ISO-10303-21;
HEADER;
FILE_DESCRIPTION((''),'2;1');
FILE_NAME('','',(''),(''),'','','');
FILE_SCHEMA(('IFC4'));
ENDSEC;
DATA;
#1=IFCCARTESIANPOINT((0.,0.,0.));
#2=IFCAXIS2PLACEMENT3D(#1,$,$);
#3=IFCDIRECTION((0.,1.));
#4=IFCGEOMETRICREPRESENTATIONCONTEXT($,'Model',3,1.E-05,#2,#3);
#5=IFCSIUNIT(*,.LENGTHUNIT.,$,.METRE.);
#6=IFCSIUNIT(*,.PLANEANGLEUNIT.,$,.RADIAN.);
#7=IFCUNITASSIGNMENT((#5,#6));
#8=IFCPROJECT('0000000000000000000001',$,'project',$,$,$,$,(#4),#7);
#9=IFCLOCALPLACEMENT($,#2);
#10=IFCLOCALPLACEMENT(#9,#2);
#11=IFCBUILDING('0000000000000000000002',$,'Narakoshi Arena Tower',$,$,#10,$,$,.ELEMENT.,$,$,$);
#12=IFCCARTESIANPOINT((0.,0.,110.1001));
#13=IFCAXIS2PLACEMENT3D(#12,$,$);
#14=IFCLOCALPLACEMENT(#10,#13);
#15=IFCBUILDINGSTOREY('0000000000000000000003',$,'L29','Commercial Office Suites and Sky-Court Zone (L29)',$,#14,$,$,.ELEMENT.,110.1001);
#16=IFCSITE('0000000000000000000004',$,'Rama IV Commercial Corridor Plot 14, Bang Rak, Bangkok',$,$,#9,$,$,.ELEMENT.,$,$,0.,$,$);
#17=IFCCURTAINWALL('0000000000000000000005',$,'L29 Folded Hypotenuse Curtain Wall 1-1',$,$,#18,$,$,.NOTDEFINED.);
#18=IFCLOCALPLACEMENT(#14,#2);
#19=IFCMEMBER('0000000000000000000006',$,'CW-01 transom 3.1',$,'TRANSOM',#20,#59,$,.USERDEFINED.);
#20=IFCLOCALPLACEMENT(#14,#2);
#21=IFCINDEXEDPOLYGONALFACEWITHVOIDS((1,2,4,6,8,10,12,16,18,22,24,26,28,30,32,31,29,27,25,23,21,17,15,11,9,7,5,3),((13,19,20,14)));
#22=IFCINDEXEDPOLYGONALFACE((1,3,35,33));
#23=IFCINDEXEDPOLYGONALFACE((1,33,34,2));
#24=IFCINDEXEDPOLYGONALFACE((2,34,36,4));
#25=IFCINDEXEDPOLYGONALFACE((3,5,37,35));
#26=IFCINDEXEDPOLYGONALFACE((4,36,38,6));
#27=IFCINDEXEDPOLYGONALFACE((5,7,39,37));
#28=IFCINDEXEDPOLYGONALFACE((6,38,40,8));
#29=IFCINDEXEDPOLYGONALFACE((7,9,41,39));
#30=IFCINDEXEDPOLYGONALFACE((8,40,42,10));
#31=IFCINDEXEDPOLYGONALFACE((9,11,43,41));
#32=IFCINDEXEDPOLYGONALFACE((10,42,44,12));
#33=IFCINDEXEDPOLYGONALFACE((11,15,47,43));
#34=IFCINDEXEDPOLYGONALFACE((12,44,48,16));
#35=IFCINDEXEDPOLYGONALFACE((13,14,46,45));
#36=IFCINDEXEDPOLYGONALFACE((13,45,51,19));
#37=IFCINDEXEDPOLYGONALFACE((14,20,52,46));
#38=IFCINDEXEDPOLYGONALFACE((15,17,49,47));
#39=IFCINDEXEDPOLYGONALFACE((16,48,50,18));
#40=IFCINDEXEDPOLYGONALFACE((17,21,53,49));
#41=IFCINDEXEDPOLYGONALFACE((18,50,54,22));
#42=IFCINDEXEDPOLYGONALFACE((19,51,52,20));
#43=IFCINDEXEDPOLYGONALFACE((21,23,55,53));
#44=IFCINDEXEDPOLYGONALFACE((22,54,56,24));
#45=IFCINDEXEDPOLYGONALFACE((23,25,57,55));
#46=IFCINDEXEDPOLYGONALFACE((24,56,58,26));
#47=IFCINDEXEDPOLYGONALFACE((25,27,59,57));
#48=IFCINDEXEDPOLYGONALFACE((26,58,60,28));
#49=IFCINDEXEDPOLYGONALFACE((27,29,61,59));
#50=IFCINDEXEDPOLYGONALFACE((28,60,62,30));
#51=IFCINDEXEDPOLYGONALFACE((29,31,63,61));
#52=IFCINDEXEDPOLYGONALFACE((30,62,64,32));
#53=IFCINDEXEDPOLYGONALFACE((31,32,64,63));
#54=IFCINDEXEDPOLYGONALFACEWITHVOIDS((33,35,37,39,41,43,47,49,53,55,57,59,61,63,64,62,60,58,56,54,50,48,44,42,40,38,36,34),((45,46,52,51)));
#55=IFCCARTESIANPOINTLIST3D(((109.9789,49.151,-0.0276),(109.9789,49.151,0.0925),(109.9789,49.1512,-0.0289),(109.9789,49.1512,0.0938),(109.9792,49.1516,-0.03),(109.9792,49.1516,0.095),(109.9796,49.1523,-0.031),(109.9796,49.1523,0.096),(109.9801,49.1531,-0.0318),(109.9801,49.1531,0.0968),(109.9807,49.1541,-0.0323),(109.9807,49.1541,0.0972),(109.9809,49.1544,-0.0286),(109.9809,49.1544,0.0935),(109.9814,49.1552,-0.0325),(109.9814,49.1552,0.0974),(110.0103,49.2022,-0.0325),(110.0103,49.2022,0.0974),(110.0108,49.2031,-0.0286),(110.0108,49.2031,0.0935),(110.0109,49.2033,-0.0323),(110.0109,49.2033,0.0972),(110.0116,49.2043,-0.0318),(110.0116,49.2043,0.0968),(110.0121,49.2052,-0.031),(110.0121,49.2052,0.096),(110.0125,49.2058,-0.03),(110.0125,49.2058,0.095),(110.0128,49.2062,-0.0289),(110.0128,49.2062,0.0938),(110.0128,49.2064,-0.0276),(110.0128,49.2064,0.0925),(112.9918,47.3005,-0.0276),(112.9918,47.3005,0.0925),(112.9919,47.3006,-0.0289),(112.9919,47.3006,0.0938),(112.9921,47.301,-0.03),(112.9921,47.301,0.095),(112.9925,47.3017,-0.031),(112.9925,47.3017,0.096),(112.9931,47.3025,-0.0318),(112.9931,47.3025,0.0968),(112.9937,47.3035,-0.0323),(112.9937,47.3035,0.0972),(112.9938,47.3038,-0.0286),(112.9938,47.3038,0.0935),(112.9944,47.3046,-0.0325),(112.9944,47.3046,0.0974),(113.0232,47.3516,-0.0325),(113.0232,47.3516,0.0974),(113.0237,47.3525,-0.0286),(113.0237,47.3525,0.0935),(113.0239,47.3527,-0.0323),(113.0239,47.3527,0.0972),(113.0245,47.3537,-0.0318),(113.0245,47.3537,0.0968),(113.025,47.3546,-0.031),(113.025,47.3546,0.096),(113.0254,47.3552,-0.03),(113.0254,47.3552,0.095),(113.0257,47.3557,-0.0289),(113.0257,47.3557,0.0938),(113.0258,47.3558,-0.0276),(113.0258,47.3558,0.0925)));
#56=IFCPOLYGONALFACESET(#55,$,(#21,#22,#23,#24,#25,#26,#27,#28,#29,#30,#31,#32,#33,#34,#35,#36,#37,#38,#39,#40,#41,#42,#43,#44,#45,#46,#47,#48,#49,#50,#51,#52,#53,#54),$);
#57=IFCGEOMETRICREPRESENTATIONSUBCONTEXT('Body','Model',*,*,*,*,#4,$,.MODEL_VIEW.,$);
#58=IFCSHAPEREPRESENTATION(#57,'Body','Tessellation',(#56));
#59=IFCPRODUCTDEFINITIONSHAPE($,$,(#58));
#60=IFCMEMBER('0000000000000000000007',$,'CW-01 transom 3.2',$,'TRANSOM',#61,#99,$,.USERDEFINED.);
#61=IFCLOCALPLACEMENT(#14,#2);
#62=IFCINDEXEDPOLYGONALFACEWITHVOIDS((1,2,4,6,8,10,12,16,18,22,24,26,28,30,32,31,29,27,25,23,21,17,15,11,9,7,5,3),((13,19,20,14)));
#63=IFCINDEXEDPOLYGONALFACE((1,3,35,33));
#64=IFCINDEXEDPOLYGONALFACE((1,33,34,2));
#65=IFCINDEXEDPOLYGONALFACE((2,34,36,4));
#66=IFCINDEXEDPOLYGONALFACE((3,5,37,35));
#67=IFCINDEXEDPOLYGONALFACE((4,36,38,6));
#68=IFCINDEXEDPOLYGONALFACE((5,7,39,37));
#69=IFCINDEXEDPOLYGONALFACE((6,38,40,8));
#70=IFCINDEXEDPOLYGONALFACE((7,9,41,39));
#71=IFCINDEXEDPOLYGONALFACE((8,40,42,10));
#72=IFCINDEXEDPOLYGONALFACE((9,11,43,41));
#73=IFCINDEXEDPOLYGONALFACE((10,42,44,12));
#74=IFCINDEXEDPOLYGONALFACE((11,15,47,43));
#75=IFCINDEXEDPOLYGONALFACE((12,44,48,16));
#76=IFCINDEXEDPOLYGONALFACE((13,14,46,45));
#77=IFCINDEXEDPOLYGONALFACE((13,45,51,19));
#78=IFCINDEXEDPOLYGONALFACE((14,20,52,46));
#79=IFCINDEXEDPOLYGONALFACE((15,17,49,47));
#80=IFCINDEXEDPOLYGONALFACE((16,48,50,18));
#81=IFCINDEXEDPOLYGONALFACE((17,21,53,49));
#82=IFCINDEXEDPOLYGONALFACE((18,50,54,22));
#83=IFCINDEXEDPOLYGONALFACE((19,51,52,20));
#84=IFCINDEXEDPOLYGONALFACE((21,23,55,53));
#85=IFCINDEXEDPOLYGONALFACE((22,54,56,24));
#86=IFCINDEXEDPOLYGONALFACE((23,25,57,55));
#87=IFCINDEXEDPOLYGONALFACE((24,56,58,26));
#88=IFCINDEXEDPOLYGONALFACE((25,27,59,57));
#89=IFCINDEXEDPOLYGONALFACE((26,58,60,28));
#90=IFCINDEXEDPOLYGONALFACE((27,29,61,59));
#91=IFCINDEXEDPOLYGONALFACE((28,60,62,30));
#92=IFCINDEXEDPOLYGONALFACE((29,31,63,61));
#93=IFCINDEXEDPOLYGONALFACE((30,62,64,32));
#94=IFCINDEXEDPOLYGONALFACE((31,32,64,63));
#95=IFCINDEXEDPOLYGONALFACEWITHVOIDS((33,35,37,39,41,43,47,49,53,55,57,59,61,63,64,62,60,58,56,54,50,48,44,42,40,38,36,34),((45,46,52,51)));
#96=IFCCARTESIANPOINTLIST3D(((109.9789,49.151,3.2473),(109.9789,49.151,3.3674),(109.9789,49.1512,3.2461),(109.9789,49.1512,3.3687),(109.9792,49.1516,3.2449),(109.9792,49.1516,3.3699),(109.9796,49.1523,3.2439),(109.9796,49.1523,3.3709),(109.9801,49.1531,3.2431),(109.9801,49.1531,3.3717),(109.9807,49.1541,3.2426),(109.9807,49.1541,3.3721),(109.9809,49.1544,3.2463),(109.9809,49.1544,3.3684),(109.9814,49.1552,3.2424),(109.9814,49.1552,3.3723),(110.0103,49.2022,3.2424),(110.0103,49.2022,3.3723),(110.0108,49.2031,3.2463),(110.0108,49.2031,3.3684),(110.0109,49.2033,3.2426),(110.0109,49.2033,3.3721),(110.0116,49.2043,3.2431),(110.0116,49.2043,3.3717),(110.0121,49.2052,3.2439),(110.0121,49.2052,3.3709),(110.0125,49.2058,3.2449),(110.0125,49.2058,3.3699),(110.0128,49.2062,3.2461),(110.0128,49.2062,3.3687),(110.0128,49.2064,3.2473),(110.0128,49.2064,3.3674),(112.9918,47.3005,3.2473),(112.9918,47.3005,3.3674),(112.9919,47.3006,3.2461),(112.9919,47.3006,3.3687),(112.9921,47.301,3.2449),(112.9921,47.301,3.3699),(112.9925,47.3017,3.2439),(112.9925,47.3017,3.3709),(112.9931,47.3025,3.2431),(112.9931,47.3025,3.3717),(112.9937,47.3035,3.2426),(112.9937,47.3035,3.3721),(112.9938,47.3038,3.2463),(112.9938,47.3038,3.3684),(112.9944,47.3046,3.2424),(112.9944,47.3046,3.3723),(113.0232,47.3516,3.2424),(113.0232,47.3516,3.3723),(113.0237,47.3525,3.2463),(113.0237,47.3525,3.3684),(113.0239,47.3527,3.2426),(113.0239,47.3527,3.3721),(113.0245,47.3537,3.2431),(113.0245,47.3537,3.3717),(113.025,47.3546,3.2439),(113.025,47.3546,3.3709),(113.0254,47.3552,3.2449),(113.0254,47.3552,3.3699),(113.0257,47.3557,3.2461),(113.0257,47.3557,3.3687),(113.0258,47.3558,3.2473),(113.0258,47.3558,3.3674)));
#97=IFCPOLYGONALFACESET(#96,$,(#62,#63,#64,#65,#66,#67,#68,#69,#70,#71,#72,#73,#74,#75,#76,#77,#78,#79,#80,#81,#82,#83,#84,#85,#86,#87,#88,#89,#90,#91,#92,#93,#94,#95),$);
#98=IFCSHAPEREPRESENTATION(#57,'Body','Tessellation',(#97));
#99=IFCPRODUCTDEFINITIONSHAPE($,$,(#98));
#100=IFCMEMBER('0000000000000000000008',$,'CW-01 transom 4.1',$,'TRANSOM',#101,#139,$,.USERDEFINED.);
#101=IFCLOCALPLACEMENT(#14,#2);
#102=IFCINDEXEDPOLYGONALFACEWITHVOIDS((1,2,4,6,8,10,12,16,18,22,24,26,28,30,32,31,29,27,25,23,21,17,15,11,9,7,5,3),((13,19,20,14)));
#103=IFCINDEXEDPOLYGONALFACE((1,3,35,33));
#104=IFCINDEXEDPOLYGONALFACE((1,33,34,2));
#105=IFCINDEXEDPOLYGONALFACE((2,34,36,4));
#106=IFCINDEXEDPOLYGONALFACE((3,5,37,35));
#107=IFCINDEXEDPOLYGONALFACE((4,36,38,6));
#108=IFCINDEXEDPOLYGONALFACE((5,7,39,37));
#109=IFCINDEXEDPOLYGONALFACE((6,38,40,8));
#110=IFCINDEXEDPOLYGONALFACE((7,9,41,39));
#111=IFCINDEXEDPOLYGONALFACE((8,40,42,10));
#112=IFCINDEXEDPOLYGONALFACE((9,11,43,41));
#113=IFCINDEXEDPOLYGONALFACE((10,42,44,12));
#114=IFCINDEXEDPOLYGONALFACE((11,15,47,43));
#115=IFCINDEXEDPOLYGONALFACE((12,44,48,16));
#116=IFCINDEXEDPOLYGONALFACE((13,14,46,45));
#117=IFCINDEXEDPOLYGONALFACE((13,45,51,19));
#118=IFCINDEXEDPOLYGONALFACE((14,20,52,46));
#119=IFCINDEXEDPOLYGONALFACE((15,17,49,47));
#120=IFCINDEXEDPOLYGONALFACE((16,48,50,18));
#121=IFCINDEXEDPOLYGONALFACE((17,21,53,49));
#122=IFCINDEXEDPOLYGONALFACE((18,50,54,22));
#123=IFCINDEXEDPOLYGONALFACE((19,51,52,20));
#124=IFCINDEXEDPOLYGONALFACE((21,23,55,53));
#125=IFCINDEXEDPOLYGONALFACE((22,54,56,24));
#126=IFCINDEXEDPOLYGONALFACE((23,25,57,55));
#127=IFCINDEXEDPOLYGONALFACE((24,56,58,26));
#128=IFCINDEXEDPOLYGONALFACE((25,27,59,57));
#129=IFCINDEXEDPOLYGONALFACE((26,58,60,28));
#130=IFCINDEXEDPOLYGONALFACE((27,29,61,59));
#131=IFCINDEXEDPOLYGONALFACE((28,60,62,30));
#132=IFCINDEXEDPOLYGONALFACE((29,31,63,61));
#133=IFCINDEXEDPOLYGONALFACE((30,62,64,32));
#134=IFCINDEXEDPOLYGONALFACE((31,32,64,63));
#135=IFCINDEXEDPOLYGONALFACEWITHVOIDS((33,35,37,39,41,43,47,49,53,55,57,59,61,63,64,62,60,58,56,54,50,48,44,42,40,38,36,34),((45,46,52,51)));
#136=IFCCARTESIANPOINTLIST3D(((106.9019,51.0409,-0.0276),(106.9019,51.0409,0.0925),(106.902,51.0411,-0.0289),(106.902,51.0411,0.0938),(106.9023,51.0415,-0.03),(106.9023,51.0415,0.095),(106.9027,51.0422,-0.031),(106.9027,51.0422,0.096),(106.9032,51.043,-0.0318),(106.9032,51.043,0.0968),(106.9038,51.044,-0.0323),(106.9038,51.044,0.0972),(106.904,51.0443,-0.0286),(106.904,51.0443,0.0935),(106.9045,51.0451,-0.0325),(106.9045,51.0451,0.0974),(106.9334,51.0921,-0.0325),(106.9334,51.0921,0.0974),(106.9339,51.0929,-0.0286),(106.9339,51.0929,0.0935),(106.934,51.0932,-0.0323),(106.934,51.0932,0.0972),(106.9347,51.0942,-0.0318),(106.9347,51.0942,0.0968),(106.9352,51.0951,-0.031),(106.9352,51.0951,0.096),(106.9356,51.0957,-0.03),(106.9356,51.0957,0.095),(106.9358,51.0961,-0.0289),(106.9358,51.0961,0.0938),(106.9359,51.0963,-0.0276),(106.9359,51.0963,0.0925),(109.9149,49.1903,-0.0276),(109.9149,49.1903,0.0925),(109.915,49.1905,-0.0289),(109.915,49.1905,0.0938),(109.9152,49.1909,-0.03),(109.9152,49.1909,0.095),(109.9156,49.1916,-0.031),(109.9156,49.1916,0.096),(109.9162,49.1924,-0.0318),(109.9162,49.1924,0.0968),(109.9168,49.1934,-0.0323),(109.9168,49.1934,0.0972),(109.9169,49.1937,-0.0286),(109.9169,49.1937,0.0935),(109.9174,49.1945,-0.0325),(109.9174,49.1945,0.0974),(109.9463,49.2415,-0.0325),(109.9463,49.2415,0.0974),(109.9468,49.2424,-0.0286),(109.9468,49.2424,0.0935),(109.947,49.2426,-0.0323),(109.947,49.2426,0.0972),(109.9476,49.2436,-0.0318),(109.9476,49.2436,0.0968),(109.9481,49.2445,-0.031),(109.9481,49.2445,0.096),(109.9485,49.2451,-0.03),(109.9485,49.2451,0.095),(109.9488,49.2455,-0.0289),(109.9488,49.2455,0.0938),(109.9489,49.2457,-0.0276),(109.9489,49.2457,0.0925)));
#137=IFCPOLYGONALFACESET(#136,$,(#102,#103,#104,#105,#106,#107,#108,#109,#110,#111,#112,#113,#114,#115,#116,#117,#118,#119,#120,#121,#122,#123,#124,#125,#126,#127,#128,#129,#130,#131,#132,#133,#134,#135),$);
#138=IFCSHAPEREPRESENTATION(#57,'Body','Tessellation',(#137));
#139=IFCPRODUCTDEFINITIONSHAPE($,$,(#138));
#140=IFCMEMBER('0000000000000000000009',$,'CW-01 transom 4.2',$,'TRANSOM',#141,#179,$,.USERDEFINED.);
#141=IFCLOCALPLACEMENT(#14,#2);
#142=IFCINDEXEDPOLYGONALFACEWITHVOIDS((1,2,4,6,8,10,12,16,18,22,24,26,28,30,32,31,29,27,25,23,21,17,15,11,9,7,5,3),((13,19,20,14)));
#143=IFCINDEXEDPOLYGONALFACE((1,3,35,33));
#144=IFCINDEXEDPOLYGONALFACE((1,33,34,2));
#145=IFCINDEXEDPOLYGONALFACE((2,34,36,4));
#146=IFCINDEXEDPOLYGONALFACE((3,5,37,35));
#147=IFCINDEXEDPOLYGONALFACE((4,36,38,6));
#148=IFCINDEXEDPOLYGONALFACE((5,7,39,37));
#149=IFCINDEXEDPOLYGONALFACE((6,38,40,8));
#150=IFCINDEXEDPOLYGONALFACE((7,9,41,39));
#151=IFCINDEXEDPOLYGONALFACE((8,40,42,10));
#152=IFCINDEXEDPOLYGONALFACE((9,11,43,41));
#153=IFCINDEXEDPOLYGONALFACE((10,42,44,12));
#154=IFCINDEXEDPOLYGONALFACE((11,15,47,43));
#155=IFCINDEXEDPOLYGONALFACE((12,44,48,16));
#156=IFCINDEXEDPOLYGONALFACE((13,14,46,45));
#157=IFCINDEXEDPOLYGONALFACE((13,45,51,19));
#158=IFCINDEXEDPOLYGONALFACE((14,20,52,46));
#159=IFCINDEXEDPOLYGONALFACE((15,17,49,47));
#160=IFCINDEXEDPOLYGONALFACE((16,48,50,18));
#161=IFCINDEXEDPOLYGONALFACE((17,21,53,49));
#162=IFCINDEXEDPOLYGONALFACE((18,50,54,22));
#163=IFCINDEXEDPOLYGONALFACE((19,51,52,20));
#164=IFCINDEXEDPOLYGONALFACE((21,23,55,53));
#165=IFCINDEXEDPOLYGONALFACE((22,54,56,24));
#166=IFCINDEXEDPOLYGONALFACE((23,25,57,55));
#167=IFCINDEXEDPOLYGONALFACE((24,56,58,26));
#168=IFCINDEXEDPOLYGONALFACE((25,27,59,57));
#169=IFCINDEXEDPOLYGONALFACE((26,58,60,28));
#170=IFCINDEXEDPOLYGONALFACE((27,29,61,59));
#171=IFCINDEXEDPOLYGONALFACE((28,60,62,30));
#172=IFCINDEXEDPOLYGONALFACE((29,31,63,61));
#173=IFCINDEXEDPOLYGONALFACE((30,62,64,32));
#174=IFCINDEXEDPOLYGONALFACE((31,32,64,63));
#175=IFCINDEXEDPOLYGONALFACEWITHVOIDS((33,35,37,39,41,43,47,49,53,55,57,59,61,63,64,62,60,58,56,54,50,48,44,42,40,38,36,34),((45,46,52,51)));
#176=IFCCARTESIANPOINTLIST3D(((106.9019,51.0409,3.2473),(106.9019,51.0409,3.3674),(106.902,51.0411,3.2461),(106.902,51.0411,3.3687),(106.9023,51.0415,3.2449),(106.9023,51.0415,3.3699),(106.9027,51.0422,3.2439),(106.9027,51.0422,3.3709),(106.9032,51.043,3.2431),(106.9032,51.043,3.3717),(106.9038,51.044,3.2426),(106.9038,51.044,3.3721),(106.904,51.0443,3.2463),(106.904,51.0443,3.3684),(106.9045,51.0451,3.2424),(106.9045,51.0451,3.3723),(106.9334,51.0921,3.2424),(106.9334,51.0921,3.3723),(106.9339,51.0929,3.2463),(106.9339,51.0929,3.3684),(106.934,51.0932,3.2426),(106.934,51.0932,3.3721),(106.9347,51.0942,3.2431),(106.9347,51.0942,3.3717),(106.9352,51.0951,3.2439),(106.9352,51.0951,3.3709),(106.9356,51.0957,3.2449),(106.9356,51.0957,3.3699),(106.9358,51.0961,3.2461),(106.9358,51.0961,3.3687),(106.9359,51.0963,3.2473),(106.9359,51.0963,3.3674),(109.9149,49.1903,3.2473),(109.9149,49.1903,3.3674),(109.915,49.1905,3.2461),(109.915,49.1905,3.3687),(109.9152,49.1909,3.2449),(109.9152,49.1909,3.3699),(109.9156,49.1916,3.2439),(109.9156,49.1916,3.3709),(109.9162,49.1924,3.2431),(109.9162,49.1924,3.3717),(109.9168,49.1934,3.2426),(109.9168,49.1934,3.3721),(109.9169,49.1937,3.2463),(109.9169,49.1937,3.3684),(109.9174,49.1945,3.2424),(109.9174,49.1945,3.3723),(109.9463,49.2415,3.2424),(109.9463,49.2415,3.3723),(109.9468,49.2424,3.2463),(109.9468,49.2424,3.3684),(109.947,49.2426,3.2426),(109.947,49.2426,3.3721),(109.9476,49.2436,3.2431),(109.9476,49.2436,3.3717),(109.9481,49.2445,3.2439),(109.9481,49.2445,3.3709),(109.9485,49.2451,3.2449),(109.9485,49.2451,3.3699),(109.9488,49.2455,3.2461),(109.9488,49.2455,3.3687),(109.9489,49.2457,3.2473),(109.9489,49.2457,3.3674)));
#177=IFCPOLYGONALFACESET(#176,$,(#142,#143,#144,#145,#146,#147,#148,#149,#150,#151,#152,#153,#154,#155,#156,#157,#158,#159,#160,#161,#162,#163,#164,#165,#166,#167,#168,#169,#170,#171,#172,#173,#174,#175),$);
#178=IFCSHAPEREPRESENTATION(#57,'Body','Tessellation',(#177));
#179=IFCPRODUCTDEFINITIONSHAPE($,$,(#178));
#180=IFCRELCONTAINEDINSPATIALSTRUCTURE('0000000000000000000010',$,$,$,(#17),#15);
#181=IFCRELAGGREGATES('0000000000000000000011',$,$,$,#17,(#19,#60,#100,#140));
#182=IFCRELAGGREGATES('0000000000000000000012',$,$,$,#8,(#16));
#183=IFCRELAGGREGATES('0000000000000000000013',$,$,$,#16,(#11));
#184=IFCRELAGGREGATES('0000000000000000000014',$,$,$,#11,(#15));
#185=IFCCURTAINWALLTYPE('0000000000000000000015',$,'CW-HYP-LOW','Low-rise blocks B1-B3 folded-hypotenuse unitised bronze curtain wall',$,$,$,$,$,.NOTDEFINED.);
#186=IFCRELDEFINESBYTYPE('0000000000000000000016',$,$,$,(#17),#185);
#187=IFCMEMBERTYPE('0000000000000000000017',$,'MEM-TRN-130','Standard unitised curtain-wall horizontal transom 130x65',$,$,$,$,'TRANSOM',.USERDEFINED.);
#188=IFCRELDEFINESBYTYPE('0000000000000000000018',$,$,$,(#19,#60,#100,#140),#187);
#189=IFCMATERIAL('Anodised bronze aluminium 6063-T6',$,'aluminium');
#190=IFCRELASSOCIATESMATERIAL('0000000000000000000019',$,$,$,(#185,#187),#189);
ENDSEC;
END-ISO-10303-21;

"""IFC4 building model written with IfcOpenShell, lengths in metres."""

from ifc_helpers import new_model, si_unit, direction, frame, origin, origin_2d, place, context, subcontext, project, spatial, hollow_rectangle, extrude, material, material_profile, profile_set, type_object, element, aggregate, save


model = new_model("IFC4")

# Units and contexts
model_context = context("Model", 3, precision=1e-05, world=origin(), true_north=direction((0.0, 1.0)))
body_context = subcontext(model_context, "Body", "Model", "MODEL_VIEW")
ifc_project = project(units=[si_unit("LENGTHUNIT", "METRE"), si_unit("PLANEANGLEUNIT", "RADIAN")], contexts=[model_context])

# Site, building, storey
site_placement = place(None, origin())
site = spatial("IfcSite", under=ifc_project, at=site_placement, Name="Rama IV Commercial Corridor Plot 14, Bang Rak, Bangkok", CompositionType="ELEMENT", RefElevation=0.0)
building_placement = place(site_placement, origin())
building = spatial("IfcBuilding", under=site, at=building_placement, Name="Narakoshi Arena Tower", CompositionType="ELEMENT")
storey_placement = place(building_placement, frame((0.0, 0.0, 110.1001)))
storey = spatial("IfcBuildingStorey", under=building, at=storey_placement, Name="L29", Description="Commercial Office Suites and Sky-Court Zone (L29)", CompositionType="ELEMENT", Elevation=110.1001)

# Curtain wall, members
ifc_material_1 = material(Name="Anodised bronze aluminium 6063-T6", Category="aluminium")
curtain_wall_type = type_object("IfcCurtainWallType", Name="CW-HYP-LOW", Description="Low-rise blocks B1-B3 folded-hypotenuse unitised bronze curtain wall", PredefinedType="NOTDEFINED", material=ifc_material_1)
curtain_wall_placement = place(storey_placement, origin())
curtain_wall = element("IfcCurtainWall", 1, at=curtain_wall_placement, inside=storey, type_object=curtain_wall_type, Name="L29 Folded Hypotenuse Curtain Wall 1-1", PredefinedType="NOTDEFINED")
ifc_material_profile_1 = material_profile(ifc_material_1, hollow_rectangle(XDim=0.0649, YDim=0.1299, WallThickness=0.0039, OuterFilletRadius=0.0049, at=origin_2d()), Name="TRN130x65x4")
ifc_profile_set_1 = profile_set([ifc_material_profile_1], Name="Anodised bronze aluminium 6063-T6")
member_type_1 = type_object("IfcMemberType", Name="MEM-TRN-130", Description="Standard unitised curtain-wall horizontal transom 130x65", ElementType="TRANSOM", PredefinedType="USERDEFINED", material=ifc_profile_set_1)
member_1_placement = place(storey_placement, frame((113.0088, 47.3281, 0.0325), z_axis=(-0.852104, 0.523373, 0.0), x_axis=(-0.523373, -0.852104, 0.0)))
member_1 = element("IfcMember", 2, at=member_1_placement, type_object=member_type_1, Name="CW-01 transom 3.1", ObjectType="TRANSOM", PredefinedType="USERDEFINED", context=body_context, shape_type="SweptSolid", body=[
    extrude(hollow_rectangle(XDim=0.0649, YDim=0.1299, WallThickness=0.0039, OuterFilletRadius=0.0049, at=origin_2d()), origin(), (0.0, 0.0, 1.0), 3.5359),
])
member_2_placement = place(storey_placement, frame((113.0088, 47.3281, 3.3074), z_axis=(-0.852104, 0.523373, 0.0), x_axis=(-0.523373, -0.852104, 0.0)))
member_2 = element("IfcMember", 3, at=member_2_placement, type_object=member_type_1, Name="CW-01 transom 3.2", ObjectType="TRANSOM", PredefinedType="USERDEFINED", context=body_context, shape_type="SweptSolid", body=[
    extrude(hollow_rectangle(XDim=0.0649, YDim=0.1299, WallThickness=0.0039, OuterFilletRadius=0.0049, at=origin_2d()), origin(), (0.0, 0.0, 1.0), 3.5359),
])
member_3_placement = place(storey_placement, frame((109.9319, 49.218, 0.0325), z_axis=(-0.852104, 0.523373, 0.0), x_axis=(-0.523373, -0.852104, 0.0)))
member_3 = element("IfcMember", 4, at=member_3_placement, type_object=member_type_1, Name="CW-01 transom 4.1", ObjectType="TRANSOM", PredefinedType="USERDEFINED", context=body_context, shape_type="SweptSolid", body=[
    extrude(hollow_rectangle(XDim=0.0649, YDim=0.1299, WallThickness=0.0039, OuterFilletRadius=0.0049, at=origin_2d()), origin(), (0.0, 0.0, 1.0), 3.5359),
])
member_4_placement = place(storey_placement, frame((109.9319, 49.218, 3.3074), z_axis=(-0.852104, 0.523373, 0.0), x_axis=(-0.523373, -0.852104, 0.0)))
member_4 = element("IfcMember", 5, at=member_4_placement, type_object=member_type_1, Name="CW-01 transom 4.2", ObjectType="TRANSOM", PredefinedType="USERDEFINED", context=body_context, shape_type="SweptSolid", body=[
    extrude(hollow_rectangle(XDim=0.0649, YDim=0.1299, WallThickness=0.0039, OuterFilletRadius=0.0049, at=origin_2d()), origin(), (0.0, 0.0, 1.0), 3.5359),
])
aggregate(curtain_wall, [member_1, member_2, member_3, member_4])

save(model, "model.ifc")
